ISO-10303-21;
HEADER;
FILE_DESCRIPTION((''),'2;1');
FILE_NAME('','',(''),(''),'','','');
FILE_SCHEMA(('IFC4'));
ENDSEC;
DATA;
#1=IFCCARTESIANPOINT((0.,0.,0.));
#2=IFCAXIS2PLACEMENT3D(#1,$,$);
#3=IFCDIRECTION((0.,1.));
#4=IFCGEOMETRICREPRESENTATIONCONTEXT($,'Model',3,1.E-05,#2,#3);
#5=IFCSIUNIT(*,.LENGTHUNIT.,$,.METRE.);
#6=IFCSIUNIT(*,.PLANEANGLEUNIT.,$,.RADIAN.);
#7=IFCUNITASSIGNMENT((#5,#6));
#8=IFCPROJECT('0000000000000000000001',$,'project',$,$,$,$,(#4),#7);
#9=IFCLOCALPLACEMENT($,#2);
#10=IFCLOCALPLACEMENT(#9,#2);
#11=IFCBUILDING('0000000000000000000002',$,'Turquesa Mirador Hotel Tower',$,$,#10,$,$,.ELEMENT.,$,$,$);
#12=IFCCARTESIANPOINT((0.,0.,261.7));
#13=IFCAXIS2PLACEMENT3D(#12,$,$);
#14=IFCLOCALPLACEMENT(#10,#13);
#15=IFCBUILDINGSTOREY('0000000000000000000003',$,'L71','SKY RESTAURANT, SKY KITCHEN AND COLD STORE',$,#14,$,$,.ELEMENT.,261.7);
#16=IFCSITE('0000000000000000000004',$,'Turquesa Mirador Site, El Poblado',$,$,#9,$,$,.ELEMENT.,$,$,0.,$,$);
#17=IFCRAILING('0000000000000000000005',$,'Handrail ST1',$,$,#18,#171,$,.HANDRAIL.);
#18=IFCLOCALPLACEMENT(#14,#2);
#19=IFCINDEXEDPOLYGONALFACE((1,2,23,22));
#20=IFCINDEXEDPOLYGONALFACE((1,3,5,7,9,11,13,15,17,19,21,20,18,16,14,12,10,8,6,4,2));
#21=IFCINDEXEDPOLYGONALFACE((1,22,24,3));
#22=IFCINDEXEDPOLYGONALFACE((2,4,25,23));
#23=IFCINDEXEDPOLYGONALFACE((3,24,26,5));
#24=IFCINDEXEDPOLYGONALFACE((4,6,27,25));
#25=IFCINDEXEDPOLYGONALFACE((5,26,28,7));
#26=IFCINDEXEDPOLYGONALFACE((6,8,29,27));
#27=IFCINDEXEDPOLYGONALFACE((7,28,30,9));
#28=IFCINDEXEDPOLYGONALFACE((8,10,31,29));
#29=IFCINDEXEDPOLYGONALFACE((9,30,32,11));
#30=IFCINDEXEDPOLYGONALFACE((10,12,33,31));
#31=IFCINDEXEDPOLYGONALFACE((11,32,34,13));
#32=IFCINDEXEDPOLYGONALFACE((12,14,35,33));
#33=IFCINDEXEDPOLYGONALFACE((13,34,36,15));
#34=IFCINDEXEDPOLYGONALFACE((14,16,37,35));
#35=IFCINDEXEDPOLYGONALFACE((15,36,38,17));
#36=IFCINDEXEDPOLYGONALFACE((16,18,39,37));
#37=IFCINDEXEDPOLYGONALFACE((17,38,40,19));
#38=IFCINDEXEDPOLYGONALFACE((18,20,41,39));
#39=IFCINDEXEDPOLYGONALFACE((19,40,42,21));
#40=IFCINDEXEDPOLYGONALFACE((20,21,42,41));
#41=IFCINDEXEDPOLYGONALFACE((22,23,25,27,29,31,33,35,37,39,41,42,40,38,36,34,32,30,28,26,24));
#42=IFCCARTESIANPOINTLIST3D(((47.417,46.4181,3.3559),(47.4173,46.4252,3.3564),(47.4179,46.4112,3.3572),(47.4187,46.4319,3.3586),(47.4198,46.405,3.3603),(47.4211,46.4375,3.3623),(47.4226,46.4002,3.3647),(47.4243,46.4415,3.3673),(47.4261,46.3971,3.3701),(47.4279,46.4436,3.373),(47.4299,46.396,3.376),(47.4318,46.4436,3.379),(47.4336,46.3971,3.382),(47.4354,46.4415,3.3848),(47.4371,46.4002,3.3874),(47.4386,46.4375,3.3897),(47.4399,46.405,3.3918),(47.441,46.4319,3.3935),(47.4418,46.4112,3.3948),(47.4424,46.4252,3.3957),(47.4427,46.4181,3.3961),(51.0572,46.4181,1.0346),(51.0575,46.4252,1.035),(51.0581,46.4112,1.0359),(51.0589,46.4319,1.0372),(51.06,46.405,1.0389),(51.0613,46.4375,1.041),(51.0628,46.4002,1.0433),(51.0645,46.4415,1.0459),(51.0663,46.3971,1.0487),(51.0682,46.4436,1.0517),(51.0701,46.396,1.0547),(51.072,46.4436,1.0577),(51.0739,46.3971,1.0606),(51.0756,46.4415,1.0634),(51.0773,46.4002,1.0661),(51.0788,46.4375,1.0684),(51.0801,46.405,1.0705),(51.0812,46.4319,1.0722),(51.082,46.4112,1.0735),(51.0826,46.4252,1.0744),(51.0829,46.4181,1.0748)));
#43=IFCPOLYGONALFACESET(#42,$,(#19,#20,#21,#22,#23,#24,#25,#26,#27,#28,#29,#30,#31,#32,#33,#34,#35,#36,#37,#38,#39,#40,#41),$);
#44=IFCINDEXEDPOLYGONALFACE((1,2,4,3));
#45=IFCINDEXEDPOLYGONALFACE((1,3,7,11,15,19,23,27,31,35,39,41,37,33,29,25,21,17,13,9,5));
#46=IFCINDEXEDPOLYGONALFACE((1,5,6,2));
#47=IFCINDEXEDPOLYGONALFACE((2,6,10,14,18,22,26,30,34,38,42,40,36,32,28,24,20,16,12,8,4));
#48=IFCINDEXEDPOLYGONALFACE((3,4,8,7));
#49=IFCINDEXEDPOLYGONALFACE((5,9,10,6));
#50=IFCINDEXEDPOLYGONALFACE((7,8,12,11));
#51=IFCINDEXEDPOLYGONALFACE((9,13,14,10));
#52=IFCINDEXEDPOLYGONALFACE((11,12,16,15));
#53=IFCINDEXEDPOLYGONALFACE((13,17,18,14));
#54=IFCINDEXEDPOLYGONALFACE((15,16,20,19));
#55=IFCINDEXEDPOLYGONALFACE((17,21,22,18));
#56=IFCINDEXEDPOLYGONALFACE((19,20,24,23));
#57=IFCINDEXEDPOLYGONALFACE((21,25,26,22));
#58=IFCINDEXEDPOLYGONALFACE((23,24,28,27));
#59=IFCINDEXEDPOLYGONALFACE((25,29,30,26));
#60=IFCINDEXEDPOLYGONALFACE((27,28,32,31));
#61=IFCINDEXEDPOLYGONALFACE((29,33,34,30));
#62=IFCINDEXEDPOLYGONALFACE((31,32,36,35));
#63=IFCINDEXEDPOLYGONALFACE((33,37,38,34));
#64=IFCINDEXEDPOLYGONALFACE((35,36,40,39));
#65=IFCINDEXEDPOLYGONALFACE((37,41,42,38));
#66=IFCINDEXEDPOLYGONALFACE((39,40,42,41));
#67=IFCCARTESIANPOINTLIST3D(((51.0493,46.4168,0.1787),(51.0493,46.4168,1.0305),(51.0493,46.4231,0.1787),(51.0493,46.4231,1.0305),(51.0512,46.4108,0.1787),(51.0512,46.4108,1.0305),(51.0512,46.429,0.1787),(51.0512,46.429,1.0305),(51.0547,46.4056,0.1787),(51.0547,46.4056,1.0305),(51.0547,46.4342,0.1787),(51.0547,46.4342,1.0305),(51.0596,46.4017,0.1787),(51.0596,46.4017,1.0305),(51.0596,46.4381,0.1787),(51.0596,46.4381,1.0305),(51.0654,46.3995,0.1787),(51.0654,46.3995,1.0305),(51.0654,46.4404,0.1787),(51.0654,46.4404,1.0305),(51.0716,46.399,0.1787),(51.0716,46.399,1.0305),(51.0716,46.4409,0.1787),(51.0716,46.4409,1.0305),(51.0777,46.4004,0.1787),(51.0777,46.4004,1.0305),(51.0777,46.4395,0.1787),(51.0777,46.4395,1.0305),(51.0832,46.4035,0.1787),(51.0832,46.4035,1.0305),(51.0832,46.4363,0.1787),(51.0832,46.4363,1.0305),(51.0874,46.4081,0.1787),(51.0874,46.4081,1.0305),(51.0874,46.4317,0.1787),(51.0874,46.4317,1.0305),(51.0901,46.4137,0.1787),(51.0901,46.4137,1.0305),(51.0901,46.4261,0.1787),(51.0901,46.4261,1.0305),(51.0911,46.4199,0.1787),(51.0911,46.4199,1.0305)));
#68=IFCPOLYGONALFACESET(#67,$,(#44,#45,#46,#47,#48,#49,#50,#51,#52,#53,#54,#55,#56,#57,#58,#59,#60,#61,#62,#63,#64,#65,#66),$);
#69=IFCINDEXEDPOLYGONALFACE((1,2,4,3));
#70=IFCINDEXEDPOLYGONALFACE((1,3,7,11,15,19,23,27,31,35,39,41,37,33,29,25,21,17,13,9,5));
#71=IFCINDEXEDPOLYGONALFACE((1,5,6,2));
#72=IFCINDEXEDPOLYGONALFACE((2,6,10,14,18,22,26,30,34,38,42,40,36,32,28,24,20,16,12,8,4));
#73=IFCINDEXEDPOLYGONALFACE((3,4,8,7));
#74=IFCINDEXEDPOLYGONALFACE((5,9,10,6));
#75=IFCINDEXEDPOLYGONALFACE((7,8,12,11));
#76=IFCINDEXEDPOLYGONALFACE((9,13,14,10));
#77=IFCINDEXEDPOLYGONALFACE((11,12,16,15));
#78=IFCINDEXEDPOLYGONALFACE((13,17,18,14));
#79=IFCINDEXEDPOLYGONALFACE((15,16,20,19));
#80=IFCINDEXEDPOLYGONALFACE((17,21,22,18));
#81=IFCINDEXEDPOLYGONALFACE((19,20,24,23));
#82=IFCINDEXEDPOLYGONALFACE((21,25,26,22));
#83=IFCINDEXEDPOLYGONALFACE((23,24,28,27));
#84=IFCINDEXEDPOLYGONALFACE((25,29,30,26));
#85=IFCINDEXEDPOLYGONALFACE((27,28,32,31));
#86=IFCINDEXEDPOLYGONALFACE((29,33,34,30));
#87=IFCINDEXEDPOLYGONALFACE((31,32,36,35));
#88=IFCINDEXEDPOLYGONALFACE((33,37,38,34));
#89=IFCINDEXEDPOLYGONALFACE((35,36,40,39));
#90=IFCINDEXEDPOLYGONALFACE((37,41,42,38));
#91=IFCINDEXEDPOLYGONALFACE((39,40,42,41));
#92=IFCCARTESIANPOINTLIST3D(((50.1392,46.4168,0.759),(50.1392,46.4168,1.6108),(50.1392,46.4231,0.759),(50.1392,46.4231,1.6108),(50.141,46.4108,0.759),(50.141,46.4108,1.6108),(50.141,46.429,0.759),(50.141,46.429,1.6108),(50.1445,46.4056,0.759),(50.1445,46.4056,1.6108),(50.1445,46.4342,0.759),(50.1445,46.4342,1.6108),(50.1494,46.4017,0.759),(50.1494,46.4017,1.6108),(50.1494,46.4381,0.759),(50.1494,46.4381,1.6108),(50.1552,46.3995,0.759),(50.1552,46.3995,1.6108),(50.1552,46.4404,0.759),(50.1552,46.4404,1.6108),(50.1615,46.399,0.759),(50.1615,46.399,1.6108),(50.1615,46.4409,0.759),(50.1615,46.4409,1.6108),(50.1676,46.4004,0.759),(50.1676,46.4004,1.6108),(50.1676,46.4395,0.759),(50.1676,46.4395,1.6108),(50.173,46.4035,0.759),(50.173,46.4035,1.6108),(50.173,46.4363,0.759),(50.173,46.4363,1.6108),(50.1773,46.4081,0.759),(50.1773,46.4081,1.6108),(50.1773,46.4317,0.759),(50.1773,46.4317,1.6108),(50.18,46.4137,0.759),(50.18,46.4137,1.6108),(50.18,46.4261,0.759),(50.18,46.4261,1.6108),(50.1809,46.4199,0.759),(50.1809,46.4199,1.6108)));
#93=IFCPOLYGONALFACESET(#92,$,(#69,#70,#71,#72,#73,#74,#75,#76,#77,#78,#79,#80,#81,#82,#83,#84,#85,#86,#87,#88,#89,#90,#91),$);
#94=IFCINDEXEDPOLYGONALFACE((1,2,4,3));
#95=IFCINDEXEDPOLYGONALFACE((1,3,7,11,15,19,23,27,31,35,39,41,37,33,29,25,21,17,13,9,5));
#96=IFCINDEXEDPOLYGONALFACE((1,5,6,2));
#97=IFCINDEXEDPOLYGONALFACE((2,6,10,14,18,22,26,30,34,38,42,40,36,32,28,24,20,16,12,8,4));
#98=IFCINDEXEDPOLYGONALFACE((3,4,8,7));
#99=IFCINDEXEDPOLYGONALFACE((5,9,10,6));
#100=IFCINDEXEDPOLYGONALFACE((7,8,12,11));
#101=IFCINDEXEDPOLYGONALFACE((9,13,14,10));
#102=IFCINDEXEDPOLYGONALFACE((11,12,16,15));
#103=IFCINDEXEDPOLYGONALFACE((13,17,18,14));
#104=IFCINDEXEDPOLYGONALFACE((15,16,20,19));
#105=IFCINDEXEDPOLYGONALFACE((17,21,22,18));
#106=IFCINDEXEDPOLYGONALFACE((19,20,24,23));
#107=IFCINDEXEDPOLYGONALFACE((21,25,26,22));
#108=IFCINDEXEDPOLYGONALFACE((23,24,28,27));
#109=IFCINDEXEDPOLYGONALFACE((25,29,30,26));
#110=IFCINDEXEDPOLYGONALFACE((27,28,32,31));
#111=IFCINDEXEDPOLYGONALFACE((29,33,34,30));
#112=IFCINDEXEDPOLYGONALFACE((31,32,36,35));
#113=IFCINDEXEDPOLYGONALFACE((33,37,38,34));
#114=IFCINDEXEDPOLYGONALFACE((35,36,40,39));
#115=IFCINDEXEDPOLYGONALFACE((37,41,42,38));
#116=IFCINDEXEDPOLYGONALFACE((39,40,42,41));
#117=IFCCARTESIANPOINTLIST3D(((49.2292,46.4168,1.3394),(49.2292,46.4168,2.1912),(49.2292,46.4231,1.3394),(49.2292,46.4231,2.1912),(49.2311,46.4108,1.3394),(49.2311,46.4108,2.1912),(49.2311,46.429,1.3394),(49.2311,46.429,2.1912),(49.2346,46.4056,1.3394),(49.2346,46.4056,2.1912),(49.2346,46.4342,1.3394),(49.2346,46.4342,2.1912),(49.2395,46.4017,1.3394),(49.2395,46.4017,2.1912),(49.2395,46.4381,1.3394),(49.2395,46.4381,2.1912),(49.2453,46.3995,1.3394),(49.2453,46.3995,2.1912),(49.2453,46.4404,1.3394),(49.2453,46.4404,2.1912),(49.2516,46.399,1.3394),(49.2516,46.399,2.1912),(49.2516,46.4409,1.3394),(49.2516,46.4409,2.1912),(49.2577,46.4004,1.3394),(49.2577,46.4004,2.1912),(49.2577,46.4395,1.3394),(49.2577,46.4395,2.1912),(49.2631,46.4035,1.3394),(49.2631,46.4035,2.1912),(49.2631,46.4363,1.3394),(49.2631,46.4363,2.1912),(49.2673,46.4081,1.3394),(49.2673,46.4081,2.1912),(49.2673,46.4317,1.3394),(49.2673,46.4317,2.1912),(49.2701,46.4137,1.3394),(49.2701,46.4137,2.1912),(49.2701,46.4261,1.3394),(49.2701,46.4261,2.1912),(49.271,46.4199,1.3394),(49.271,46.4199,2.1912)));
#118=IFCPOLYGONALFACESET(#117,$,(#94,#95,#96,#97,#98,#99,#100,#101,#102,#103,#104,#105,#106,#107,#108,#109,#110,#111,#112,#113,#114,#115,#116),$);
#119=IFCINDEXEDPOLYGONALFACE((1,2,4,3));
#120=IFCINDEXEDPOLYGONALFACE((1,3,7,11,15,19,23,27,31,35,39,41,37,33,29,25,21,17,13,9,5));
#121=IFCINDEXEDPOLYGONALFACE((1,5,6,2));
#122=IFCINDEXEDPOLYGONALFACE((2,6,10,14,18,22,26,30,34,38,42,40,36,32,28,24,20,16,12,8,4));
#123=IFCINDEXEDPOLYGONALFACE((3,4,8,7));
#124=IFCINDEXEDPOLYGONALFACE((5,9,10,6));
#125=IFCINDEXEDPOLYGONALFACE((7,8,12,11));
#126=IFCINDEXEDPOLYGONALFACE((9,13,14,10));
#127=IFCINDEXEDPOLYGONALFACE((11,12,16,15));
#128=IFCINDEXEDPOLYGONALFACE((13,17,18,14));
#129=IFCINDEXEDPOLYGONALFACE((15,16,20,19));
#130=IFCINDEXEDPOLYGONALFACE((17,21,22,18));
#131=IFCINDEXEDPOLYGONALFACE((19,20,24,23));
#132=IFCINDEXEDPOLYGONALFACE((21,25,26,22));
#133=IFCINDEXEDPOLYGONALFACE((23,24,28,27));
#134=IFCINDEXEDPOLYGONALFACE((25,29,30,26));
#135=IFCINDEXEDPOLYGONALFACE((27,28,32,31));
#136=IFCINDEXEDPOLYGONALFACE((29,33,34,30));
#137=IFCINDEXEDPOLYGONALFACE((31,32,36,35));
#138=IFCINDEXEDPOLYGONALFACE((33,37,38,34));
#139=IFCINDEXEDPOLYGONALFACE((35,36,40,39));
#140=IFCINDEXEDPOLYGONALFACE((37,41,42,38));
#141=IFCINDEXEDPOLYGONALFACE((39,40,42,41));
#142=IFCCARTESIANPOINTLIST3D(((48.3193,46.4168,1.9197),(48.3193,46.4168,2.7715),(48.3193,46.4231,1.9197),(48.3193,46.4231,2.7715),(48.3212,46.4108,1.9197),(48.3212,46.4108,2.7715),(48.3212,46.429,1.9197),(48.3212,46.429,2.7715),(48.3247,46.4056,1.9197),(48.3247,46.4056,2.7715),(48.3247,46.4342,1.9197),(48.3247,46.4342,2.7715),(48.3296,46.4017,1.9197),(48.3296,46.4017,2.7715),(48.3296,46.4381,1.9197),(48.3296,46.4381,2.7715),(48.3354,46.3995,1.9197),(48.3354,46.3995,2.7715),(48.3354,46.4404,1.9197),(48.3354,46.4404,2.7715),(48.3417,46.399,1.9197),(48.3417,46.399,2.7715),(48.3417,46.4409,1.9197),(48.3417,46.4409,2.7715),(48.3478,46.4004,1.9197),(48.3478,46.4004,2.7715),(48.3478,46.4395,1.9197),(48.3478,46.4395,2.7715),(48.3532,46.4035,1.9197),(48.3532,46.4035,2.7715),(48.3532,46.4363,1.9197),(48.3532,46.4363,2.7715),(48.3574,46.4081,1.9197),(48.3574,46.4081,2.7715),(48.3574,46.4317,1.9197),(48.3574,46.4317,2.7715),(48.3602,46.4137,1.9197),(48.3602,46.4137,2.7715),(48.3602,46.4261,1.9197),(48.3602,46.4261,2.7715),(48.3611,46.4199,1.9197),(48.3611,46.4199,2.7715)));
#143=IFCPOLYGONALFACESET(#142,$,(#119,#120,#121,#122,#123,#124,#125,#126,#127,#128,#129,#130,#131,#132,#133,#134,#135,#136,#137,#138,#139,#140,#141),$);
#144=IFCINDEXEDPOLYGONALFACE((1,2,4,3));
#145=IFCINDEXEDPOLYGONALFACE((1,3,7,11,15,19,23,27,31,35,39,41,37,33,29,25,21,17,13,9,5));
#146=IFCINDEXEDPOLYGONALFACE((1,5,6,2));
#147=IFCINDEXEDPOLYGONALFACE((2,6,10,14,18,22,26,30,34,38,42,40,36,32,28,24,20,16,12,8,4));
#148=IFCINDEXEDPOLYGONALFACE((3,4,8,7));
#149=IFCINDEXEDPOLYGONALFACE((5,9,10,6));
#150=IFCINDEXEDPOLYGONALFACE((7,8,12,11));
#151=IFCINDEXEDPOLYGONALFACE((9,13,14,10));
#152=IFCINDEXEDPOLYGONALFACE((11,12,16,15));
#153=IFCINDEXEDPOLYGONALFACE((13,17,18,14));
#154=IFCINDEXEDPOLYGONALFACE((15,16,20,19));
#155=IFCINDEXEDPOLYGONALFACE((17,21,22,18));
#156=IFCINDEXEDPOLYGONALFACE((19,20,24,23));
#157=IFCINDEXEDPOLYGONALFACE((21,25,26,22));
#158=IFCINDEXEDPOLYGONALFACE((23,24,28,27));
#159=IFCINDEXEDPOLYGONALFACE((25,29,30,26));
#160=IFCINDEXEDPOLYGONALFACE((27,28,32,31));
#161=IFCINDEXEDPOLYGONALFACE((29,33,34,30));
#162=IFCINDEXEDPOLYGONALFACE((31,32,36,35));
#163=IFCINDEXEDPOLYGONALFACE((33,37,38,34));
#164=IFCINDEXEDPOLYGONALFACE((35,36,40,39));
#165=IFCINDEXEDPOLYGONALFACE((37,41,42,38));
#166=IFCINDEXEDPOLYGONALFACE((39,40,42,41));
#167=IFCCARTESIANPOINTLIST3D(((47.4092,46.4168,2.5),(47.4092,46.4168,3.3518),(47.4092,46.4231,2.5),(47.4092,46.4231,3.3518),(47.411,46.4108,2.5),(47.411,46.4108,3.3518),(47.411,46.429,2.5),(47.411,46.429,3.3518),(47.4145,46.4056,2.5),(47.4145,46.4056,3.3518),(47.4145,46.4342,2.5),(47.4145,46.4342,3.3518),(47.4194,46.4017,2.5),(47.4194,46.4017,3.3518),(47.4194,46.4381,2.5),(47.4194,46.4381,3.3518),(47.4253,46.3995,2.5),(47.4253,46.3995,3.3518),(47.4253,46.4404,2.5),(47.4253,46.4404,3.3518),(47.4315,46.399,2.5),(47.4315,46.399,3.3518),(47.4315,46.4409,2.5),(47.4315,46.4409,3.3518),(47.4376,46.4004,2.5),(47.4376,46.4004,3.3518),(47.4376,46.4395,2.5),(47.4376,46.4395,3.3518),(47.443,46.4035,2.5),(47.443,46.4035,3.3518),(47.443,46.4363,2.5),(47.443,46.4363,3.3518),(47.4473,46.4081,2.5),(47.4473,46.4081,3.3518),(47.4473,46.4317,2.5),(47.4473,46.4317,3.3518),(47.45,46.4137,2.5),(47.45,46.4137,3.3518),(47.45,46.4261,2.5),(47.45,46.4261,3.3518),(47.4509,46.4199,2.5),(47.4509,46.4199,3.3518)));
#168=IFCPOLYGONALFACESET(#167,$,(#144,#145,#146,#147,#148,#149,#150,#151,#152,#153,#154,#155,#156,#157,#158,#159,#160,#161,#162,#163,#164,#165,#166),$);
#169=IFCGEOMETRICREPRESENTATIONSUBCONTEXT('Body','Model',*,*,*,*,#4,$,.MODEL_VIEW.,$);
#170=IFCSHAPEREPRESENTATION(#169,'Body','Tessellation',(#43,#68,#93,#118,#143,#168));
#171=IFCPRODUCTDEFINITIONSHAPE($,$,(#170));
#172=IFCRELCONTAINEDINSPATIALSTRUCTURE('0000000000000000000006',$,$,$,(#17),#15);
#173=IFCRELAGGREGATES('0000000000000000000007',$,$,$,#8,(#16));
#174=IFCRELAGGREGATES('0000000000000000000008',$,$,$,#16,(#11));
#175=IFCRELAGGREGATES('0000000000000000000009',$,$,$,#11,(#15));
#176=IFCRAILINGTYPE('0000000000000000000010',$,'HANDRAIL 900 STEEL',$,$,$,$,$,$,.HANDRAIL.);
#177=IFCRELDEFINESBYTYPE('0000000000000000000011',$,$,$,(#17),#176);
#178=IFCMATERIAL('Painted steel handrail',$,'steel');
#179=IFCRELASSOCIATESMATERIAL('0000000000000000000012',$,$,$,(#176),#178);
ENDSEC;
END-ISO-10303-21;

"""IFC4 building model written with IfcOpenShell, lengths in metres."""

from ifc_helpers import new_model, si_unit, direction, frame, origin, origin_2d, place, context, subcontext, project, spatial, circle, extrude, material, type_object, element, save


model = new_model("IFC4")

# Units and contexts
model_context = context("Model", 3, precision=1e-05, world=origin(), true_north=direction((0.0, 1.0)))
body_context = subcontext(model_context, "Body", "Model", "MODEL_VIEW")
ifc_project = project(units=[si_unit("LENGTHUNIT", "METRE"), si_unit("PLANEANGLEUNIT", "RADIAN")], contexts=[model_context])

# Site, building, storey
site_placement = place(None, origin())
site = spatial("IfcSite", under=ifc_project, at=site_placement, Name="Turquesa Mirador Site, El Poblado", CompositionType="ELEMENT", RefElevation=0.0)
building_placement = place(site_placement, origin())
building = spatial("IfcBuilding", under=site, at=building_placement, Name="Turquesa Mirador Hotel Tower", CompositionType="ELEMENT")
storey_placement = place(building_placement, frame((0.0, 0.0, 261.7)))
storey = spatial("IfcBuildingStorey", under=building, at=storey_placement, Name="L71", Description="SKY RESTAURANT, SKY KITCHEN AND COLD STORE", CompositionType="ELEMENT", Elevation=261.7)

# Railing
ifc_material_1 = material(Name="Painted steel handrail", Category="steel")
railing_type = type_object("IfcRailingType", Name="HANDRAIL 900 STEEL", PredefinedType="HANDRAIL", material=ifc_material_1)
railing_1_placement = place(storey_placement, frame((51.0701, 46.4199, 0.1787)))
element("IfcRailing", 1, at=railing_1_placement, inside=storey, type_object=railing_type, Name="Handrail ST1", PredefinedType="HANDRAIL", context=body_context, shape_type="SweptSolid", body=[
    extrude(circle(Radius=0.0239, at=origin_2d()), frame((0.0, 0.0, 0.876), z_axis=(-0.843153, 0.0, 0.537673), x_axis=(0.0, -1.0, 0.0)), (0.0, 0.0, 1.0), 4.3174),
    extrude(circle(Radius=0.021, at=origin_2d()), origin(), (0.0, 0.0, 1.0), 0.8518),
    extrude(circle(Radius=0.021, at=origin_2d()), frame((-0.9102, 0.0, 0.5803)), (0.0, 0.0, 1.0), 0.8518),
    extrude(circle(Radius=0.021, at=origin_2d()), frame((-1.8201, 0.0, 1.1606)), (0.0, 0.0, 1.0), 0.8518),
    extrude(circle(Radius=0.021, at=origin_2d()), frame((-2.73, 0.0, 1.741)), (0.0, 0.0, 1.0), 0.8518),
    extrude(circle(Radius=0.021, at=origin_2d()), frame((-3.6401, 0.0, 2.3213)), (0.0, 0.0, 1.0), 0.8518),
])

save(model, "model.ifc")
